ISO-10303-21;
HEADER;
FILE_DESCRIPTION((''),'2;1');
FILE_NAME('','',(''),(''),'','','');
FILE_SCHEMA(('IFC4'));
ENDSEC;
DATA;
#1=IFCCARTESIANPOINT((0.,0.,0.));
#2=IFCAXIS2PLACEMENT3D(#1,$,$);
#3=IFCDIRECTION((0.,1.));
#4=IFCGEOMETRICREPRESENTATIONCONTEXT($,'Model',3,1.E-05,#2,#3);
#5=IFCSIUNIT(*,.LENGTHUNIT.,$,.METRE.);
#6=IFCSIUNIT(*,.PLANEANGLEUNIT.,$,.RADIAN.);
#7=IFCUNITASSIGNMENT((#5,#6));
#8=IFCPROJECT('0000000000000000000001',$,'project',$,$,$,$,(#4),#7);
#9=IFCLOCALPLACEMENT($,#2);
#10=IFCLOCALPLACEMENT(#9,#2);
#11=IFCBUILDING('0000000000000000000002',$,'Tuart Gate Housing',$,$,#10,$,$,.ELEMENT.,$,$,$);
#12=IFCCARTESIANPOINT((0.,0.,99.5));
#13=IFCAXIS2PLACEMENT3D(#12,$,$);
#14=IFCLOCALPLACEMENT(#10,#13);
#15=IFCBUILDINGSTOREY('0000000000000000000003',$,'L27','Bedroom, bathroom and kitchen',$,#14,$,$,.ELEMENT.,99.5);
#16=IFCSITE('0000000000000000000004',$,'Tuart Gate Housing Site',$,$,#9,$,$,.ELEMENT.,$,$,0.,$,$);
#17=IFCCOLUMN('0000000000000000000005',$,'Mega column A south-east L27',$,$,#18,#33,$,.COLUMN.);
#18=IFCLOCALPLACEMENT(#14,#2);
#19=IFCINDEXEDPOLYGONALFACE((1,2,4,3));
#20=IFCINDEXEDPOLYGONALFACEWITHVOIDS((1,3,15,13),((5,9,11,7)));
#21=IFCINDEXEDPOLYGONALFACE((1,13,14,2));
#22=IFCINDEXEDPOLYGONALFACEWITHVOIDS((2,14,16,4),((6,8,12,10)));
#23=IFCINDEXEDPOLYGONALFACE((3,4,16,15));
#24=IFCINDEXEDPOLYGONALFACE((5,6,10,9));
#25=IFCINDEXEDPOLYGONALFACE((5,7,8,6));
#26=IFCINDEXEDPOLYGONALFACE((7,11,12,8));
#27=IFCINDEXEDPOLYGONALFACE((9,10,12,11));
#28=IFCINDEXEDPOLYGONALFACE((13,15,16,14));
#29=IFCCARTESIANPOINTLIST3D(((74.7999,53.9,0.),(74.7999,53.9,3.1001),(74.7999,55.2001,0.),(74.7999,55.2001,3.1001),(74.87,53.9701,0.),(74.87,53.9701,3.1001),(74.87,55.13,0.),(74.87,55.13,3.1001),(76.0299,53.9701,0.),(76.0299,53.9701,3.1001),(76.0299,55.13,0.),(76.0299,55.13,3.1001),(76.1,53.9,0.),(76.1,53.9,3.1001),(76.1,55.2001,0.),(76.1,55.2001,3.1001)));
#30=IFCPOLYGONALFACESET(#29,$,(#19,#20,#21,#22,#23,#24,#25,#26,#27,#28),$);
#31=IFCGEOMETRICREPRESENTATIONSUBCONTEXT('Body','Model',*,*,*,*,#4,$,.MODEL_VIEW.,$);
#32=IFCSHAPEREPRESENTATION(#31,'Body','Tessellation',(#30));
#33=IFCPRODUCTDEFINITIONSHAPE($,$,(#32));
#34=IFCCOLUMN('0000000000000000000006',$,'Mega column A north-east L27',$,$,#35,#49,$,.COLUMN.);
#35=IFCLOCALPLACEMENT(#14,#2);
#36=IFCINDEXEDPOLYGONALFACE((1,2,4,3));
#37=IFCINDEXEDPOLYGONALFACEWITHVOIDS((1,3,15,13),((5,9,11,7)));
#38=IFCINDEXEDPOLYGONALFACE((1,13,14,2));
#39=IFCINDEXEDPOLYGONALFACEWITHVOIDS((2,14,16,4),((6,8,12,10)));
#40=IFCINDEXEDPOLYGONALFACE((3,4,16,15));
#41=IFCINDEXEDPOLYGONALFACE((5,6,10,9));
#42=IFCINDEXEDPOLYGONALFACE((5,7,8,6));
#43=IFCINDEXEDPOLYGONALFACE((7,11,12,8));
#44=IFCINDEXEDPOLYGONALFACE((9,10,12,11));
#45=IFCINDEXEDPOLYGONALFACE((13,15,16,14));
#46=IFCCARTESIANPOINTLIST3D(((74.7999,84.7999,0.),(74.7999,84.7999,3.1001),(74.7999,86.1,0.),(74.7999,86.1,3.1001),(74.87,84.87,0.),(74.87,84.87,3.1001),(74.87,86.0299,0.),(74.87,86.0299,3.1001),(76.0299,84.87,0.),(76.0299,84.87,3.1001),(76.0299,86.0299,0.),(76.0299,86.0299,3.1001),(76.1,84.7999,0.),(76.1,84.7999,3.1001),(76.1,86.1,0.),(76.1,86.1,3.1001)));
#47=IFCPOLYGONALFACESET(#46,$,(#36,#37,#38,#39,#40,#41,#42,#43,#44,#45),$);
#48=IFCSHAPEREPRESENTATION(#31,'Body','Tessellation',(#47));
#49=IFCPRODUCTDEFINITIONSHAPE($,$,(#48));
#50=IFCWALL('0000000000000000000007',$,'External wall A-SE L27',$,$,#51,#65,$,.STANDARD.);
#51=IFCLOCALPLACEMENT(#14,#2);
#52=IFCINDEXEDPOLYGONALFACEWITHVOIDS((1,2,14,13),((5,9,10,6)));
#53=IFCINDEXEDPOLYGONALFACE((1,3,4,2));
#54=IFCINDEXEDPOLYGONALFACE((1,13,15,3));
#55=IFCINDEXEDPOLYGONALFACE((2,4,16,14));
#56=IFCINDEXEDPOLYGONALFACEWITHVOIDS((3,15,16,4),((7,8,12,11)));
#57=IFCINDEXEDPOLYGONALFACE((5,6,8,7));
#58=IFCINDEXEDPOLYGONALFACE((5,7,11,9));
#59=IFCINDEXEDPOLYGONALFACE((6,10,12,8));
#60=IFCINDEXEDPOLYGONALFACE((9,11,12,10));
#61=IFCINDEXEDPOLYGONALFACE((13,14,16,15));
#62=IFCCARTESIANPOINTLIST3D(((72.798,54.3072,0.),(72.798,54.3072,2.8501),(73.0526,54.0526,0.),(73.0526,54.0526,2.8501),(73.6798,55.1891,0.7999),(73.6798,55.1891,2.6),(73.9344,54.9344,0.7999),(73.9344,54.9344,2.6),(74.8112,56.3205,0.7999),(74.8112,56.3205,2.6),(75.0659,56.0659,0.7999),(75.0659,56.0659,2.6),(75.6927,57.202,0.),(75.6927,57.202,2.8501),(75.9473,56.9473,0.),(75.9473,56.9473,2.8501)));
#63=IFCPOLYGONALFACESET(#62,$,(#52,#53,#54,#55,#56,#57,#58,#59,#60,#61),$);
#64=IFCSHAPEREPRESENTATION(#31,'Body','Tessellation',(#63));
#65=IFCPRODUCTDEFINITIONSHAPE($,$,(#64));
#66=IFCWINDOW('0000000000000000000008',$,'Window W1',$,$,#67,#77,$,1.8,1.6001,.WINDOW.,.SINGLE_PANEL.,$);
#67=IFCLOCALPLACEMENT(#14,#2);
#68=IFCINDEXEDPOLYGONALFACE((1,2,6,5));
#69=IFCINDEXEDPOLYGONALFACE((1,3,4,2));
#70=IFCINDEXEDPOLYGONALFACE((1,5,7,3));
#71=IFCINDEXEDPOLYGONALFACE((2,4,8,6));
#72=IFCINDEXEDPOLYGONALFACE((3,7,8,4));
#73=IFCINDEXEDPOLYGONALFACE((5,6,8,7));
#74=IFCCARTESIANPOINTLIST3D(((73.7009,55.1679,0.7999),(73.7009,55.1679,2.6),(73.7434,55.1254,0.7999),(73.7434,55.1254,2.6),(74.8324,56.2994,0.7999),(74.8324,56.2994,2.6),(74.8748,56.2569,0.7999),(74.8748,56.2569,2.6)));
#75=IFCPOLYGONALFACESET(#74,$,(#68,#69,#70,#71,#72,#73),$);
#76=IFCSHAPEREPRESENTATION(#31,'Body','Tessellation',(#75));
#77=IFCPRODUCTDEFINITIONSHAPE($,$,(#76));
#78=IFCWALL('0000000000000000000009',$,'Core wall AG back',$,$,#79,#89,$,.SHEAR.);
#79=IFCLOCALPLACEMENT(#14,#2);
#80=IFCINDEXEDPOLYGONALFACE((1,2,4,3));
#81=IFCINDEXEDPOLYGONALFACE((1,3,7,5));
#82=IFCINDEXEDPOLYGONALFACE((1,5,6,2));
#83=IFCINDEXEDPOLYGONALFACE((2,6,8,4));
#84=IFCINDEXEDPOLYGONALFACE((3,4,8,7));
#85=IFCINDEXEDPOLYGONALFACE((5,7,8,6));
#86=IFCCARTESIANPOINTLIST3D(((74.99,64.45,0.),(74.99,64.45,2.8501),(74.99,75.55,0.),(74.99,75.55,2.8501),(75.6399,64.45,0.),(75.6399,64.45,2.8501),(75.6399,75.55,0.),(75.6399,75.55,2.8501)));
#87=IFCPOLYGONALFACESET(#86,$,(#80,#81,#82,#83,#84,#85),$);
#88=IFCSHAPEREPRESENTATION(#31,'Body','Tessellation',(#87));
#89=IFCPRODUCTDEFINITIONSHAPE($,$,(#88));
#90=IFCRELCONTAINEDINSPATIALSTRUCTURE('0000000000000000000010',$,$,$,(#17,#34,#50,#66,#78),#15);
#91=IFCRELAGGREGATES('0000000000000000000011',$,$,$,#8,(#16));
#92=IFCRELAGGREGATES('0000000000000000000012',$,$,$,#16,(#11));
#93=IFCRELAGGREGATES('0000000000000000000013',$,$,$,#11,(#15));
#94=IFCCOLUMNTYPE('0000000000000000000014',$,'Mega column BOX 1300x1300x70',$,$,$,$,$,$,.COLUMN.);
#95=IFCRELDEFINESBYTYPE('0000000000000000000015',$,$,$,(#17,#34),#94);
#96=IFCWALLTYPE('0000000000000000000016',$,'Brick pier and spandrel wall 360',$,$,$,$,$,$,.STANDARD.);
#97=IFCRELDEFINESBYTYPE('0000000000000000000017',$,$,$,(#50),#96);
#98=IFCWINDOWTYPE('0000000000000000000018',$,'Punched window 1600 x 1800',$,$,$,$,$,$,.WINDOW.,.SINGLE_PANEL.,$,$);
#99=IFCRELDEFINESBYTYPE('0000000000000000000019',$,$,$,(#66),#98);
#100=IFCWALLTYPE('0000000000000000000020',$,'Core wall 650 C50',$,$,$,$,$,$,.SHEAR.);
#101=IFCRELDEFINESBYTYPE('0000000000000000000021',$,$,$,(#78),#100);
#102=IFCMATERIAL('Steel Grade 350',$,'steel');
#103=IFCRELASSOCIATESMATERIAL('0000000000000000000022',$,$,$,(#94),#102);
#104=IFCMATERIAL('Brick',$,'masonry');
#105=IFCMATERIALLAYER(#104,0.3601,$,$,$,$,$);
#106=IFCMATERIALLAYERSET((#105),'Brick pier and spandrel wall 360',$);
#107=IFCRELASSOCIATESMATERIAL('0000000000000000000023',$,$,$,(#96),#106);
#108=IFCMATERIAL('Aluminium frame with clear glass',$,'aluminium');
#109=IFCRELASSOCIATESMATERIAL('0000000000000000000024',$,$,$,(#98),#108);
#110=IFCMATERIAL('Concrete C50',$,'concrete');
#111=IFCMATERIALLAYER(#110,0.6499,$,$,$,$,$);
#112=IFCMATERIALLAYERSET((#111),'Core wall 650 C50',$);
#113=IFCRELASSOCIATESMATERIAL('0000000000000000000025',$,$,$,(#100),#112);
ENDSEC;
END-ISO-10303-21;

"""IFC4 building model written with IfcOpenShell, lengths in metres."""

from ifc_helpers import new_model, si_unit, direction, frame, frame_2d, origin, origin_2d, place, context, subcontext, project, spatial, rectangle, hollow_rectangle, extrude, material, layer, layer_set, material_profile, profile_set, type_object, element, fill, save


model = new_model("IFC4")

# Units and contexts
model_context = context("Model", 3, precision=1e-05, world=origin(), true_north=direction((0.0, 1.0)))
body_context = subcontext(model_context, "Body", "Model", "MODEL_VIEW")
ifc_project = project(units=[si_unit("LENGTHUNIT", "METRE"), si_unit("PLANEANGLEUNIT", "RADIAN")], contexts=[model_context])

# Site, building, storey
site_placement = place(None, origin())
site = spatial("IfcSite", under=ifc_project, at=site_placement, Name="Tuart Gate Housing Site", CompositionType="ELEMENT", RefElevation=0.0)
building_placement = place(site_placement, origin())
building = spatial("IfcBuilding", under=site, at=building_placement, Name="Tuart Gate Housing", CompositionType="ELEMENT")
storey_placement = place(building_placement, frame((0.0, 0.0, 99.5)))
storey = spatial("IfcBuildingStorey", under=building, at=storey_placement, Name="L27", Description="Bedroom, bathroom and kitchen", CompositionType="ELEMENT", Elevation=99.5)

# Columns
ifc_material_1 = material(Name="Steel Grade 350", Category="steel")
ifc_material_profile = material_profile(ifc_material_1, hollow_rectangle(XDim=1.3, YDim=1.3, WallThickness=0.0701, at=origin_2d()), Name="BOX 1300x1300x70")
ifc_profile_set = profile_set([ifc_material_profile], Name="Steel Grade 350")
column_type = type_object("IfcColumnType", Name="Mega column BOX 1300x1300x70", PredefinedType="COLUMN", material=ifc_profile_set)
for number, where, z_axis, x_axis, name in (
    (1, (75.45, 54.55, 0.0), (0.0, 0.0, 1.0), (1.0, 0.0, 0.0), "Mega column A south-east L27"),
    (2, (75.45, 85.45, 0.0), (0.0, 0.0, 1.0), (1.0, 0.0, 0.0), "Mega column A north-east L27"),
):
    element("IfcColumn", number, at=place(storey_placement, frame(where, z_axis=z_axis, x_axis=x_axis)), inside=storey, type_object=column_type, Name=name, PredefinedType="COLUMN", context=body_context, shape_type="SweptSolid", body=[
        extrude(hollow_rectangle(XDim=1.3, YDim=1.3, WallThickness=0.0701, at=origin_2d()), origin(), (0.0, 0.0, 1.0), 3.1001),
    ])

# Wall, opening, window
ifc_material_2 = material(Name="Brick", Category="masonry")
ifc_layer_1 = layer(ifc_material_2, 0.3601)
ifc_layer_set_1 = layer_set([ifc_layer_1], Name="Brick pier and spandrel wall 360")
wall_type_1 = type_object("IfcWallType", Name="Brick pier and spandrel wall 360", PredefinedType="STANDARD", material=ifc_layer_set_1)
wall_1_placement = place(storey_placement, frame((72.9253, 54.1799, 0.0), z_axis=(0.0, 0.0, 1.0), x_axis=(0.707107, 0.707107, 0.0)))
wall_1 = element("IfcWall", 3, at=wall_1_placement, inside=storey, type_object=wall_type_1, Name="External wall A-SE L27", PredefinedType="STANDARD", context=body_context, shape_type="SweptSolid", body=[
    extrude(rectangle(XDim=4.0938, YDim=0.3601, at=frame_2d((2.0469, 0.0))), origin(), (0.0, 0.0, 1.0), 2.8501),
])
opening_1_placement = place(wall_1_placement, frame((1.2471, 0.0, 0.8)))
opening_1 = element("IfcOpeningElement", 4, at=opening_1_placement, cuts=wall_1, PredefinedType="OPENING", context=body_context, shape_type="SweptSolid", body=[
    extrude(rectangle(XDim=1.6001, YDim=1.8, at=frame_2d((0.8, 0.8999))), frame((0.0, 0.1899, 0.0), z_axis=(0.0, -1.0, 0.0), x_axis=(1.0, 0.0, 0.0)), (0.0, 0.0, 1.0), 0.3801),
])
ifc_material_3 = material(Name="Aluminium frame with clear glass", Category="aluminium")
window_type_1 = type_object("IfcWindowType", Name="Punched window 1600 x 1800", PartitioningType="SINGLE_PANEL", PredefinedType="WINDOW", material=ifc_material_3)
window_1_placement = place(opening_1_placement, origin())
window_1 = element("IfcWindow", 5, at=window_1_placement, inside=storey, type_object=window_type_1, Name="Window W1", OverallHeight=1.8, OverallWidth=1.6001, PartitioningType="SINGLE_PANEL", PredefinedType="WINDOW", context=body_context, shape_type="SweptSolid", body=[
    extrude(rectangle(XDim=1.6001, YDim=1.8, at=frame_2d((0.8, 0.8999))), frame((0.0, 0.1501, 0.0), z_axis=(0.0, -1.0, 0.0), x_axis=(1.0, 0.0, 0.0)), (0.0, 0.0, 1.0), 0.0601),
])
fill(opening_1, window_1)

# Wall
ifc_material_4 = material(Name="Concrete C50", Category="concrete")
ifc_layer_2 = layer(ifc_material_4, 0.6499)
ifc_layer_set_2 = layer_set([ifc_layer_2], Name="Core wall 650 C50")
wall_type_2 = type_object("IfcWallType", Name="Core wall 650 C50", PredefinedType="SHEAR", material=ifc_layer_set_2)
wall_2_placement = place(storey_placement, frame((75.3149, 64.45, 0.0), z_axis=(0.0, 0.0, 1.0), x_axis=(0.0, 1.0, 0.0)))
element("IfcWall", 6, at=wall_2_placement, inside=storey, type_object=wall_type_2, Name="Core wall AG back", PredefinedType="SHEAR", context=body_context, shape_type="SweptSolid", body=[
    extrude(rectangle(XDim=11.1001, YDim=0.6499, at=frame_2d((5.55, 0.0))), origin(), (0.0, 0.0, 1.0), 2.8501),
])

save(model, "model.ifc")
